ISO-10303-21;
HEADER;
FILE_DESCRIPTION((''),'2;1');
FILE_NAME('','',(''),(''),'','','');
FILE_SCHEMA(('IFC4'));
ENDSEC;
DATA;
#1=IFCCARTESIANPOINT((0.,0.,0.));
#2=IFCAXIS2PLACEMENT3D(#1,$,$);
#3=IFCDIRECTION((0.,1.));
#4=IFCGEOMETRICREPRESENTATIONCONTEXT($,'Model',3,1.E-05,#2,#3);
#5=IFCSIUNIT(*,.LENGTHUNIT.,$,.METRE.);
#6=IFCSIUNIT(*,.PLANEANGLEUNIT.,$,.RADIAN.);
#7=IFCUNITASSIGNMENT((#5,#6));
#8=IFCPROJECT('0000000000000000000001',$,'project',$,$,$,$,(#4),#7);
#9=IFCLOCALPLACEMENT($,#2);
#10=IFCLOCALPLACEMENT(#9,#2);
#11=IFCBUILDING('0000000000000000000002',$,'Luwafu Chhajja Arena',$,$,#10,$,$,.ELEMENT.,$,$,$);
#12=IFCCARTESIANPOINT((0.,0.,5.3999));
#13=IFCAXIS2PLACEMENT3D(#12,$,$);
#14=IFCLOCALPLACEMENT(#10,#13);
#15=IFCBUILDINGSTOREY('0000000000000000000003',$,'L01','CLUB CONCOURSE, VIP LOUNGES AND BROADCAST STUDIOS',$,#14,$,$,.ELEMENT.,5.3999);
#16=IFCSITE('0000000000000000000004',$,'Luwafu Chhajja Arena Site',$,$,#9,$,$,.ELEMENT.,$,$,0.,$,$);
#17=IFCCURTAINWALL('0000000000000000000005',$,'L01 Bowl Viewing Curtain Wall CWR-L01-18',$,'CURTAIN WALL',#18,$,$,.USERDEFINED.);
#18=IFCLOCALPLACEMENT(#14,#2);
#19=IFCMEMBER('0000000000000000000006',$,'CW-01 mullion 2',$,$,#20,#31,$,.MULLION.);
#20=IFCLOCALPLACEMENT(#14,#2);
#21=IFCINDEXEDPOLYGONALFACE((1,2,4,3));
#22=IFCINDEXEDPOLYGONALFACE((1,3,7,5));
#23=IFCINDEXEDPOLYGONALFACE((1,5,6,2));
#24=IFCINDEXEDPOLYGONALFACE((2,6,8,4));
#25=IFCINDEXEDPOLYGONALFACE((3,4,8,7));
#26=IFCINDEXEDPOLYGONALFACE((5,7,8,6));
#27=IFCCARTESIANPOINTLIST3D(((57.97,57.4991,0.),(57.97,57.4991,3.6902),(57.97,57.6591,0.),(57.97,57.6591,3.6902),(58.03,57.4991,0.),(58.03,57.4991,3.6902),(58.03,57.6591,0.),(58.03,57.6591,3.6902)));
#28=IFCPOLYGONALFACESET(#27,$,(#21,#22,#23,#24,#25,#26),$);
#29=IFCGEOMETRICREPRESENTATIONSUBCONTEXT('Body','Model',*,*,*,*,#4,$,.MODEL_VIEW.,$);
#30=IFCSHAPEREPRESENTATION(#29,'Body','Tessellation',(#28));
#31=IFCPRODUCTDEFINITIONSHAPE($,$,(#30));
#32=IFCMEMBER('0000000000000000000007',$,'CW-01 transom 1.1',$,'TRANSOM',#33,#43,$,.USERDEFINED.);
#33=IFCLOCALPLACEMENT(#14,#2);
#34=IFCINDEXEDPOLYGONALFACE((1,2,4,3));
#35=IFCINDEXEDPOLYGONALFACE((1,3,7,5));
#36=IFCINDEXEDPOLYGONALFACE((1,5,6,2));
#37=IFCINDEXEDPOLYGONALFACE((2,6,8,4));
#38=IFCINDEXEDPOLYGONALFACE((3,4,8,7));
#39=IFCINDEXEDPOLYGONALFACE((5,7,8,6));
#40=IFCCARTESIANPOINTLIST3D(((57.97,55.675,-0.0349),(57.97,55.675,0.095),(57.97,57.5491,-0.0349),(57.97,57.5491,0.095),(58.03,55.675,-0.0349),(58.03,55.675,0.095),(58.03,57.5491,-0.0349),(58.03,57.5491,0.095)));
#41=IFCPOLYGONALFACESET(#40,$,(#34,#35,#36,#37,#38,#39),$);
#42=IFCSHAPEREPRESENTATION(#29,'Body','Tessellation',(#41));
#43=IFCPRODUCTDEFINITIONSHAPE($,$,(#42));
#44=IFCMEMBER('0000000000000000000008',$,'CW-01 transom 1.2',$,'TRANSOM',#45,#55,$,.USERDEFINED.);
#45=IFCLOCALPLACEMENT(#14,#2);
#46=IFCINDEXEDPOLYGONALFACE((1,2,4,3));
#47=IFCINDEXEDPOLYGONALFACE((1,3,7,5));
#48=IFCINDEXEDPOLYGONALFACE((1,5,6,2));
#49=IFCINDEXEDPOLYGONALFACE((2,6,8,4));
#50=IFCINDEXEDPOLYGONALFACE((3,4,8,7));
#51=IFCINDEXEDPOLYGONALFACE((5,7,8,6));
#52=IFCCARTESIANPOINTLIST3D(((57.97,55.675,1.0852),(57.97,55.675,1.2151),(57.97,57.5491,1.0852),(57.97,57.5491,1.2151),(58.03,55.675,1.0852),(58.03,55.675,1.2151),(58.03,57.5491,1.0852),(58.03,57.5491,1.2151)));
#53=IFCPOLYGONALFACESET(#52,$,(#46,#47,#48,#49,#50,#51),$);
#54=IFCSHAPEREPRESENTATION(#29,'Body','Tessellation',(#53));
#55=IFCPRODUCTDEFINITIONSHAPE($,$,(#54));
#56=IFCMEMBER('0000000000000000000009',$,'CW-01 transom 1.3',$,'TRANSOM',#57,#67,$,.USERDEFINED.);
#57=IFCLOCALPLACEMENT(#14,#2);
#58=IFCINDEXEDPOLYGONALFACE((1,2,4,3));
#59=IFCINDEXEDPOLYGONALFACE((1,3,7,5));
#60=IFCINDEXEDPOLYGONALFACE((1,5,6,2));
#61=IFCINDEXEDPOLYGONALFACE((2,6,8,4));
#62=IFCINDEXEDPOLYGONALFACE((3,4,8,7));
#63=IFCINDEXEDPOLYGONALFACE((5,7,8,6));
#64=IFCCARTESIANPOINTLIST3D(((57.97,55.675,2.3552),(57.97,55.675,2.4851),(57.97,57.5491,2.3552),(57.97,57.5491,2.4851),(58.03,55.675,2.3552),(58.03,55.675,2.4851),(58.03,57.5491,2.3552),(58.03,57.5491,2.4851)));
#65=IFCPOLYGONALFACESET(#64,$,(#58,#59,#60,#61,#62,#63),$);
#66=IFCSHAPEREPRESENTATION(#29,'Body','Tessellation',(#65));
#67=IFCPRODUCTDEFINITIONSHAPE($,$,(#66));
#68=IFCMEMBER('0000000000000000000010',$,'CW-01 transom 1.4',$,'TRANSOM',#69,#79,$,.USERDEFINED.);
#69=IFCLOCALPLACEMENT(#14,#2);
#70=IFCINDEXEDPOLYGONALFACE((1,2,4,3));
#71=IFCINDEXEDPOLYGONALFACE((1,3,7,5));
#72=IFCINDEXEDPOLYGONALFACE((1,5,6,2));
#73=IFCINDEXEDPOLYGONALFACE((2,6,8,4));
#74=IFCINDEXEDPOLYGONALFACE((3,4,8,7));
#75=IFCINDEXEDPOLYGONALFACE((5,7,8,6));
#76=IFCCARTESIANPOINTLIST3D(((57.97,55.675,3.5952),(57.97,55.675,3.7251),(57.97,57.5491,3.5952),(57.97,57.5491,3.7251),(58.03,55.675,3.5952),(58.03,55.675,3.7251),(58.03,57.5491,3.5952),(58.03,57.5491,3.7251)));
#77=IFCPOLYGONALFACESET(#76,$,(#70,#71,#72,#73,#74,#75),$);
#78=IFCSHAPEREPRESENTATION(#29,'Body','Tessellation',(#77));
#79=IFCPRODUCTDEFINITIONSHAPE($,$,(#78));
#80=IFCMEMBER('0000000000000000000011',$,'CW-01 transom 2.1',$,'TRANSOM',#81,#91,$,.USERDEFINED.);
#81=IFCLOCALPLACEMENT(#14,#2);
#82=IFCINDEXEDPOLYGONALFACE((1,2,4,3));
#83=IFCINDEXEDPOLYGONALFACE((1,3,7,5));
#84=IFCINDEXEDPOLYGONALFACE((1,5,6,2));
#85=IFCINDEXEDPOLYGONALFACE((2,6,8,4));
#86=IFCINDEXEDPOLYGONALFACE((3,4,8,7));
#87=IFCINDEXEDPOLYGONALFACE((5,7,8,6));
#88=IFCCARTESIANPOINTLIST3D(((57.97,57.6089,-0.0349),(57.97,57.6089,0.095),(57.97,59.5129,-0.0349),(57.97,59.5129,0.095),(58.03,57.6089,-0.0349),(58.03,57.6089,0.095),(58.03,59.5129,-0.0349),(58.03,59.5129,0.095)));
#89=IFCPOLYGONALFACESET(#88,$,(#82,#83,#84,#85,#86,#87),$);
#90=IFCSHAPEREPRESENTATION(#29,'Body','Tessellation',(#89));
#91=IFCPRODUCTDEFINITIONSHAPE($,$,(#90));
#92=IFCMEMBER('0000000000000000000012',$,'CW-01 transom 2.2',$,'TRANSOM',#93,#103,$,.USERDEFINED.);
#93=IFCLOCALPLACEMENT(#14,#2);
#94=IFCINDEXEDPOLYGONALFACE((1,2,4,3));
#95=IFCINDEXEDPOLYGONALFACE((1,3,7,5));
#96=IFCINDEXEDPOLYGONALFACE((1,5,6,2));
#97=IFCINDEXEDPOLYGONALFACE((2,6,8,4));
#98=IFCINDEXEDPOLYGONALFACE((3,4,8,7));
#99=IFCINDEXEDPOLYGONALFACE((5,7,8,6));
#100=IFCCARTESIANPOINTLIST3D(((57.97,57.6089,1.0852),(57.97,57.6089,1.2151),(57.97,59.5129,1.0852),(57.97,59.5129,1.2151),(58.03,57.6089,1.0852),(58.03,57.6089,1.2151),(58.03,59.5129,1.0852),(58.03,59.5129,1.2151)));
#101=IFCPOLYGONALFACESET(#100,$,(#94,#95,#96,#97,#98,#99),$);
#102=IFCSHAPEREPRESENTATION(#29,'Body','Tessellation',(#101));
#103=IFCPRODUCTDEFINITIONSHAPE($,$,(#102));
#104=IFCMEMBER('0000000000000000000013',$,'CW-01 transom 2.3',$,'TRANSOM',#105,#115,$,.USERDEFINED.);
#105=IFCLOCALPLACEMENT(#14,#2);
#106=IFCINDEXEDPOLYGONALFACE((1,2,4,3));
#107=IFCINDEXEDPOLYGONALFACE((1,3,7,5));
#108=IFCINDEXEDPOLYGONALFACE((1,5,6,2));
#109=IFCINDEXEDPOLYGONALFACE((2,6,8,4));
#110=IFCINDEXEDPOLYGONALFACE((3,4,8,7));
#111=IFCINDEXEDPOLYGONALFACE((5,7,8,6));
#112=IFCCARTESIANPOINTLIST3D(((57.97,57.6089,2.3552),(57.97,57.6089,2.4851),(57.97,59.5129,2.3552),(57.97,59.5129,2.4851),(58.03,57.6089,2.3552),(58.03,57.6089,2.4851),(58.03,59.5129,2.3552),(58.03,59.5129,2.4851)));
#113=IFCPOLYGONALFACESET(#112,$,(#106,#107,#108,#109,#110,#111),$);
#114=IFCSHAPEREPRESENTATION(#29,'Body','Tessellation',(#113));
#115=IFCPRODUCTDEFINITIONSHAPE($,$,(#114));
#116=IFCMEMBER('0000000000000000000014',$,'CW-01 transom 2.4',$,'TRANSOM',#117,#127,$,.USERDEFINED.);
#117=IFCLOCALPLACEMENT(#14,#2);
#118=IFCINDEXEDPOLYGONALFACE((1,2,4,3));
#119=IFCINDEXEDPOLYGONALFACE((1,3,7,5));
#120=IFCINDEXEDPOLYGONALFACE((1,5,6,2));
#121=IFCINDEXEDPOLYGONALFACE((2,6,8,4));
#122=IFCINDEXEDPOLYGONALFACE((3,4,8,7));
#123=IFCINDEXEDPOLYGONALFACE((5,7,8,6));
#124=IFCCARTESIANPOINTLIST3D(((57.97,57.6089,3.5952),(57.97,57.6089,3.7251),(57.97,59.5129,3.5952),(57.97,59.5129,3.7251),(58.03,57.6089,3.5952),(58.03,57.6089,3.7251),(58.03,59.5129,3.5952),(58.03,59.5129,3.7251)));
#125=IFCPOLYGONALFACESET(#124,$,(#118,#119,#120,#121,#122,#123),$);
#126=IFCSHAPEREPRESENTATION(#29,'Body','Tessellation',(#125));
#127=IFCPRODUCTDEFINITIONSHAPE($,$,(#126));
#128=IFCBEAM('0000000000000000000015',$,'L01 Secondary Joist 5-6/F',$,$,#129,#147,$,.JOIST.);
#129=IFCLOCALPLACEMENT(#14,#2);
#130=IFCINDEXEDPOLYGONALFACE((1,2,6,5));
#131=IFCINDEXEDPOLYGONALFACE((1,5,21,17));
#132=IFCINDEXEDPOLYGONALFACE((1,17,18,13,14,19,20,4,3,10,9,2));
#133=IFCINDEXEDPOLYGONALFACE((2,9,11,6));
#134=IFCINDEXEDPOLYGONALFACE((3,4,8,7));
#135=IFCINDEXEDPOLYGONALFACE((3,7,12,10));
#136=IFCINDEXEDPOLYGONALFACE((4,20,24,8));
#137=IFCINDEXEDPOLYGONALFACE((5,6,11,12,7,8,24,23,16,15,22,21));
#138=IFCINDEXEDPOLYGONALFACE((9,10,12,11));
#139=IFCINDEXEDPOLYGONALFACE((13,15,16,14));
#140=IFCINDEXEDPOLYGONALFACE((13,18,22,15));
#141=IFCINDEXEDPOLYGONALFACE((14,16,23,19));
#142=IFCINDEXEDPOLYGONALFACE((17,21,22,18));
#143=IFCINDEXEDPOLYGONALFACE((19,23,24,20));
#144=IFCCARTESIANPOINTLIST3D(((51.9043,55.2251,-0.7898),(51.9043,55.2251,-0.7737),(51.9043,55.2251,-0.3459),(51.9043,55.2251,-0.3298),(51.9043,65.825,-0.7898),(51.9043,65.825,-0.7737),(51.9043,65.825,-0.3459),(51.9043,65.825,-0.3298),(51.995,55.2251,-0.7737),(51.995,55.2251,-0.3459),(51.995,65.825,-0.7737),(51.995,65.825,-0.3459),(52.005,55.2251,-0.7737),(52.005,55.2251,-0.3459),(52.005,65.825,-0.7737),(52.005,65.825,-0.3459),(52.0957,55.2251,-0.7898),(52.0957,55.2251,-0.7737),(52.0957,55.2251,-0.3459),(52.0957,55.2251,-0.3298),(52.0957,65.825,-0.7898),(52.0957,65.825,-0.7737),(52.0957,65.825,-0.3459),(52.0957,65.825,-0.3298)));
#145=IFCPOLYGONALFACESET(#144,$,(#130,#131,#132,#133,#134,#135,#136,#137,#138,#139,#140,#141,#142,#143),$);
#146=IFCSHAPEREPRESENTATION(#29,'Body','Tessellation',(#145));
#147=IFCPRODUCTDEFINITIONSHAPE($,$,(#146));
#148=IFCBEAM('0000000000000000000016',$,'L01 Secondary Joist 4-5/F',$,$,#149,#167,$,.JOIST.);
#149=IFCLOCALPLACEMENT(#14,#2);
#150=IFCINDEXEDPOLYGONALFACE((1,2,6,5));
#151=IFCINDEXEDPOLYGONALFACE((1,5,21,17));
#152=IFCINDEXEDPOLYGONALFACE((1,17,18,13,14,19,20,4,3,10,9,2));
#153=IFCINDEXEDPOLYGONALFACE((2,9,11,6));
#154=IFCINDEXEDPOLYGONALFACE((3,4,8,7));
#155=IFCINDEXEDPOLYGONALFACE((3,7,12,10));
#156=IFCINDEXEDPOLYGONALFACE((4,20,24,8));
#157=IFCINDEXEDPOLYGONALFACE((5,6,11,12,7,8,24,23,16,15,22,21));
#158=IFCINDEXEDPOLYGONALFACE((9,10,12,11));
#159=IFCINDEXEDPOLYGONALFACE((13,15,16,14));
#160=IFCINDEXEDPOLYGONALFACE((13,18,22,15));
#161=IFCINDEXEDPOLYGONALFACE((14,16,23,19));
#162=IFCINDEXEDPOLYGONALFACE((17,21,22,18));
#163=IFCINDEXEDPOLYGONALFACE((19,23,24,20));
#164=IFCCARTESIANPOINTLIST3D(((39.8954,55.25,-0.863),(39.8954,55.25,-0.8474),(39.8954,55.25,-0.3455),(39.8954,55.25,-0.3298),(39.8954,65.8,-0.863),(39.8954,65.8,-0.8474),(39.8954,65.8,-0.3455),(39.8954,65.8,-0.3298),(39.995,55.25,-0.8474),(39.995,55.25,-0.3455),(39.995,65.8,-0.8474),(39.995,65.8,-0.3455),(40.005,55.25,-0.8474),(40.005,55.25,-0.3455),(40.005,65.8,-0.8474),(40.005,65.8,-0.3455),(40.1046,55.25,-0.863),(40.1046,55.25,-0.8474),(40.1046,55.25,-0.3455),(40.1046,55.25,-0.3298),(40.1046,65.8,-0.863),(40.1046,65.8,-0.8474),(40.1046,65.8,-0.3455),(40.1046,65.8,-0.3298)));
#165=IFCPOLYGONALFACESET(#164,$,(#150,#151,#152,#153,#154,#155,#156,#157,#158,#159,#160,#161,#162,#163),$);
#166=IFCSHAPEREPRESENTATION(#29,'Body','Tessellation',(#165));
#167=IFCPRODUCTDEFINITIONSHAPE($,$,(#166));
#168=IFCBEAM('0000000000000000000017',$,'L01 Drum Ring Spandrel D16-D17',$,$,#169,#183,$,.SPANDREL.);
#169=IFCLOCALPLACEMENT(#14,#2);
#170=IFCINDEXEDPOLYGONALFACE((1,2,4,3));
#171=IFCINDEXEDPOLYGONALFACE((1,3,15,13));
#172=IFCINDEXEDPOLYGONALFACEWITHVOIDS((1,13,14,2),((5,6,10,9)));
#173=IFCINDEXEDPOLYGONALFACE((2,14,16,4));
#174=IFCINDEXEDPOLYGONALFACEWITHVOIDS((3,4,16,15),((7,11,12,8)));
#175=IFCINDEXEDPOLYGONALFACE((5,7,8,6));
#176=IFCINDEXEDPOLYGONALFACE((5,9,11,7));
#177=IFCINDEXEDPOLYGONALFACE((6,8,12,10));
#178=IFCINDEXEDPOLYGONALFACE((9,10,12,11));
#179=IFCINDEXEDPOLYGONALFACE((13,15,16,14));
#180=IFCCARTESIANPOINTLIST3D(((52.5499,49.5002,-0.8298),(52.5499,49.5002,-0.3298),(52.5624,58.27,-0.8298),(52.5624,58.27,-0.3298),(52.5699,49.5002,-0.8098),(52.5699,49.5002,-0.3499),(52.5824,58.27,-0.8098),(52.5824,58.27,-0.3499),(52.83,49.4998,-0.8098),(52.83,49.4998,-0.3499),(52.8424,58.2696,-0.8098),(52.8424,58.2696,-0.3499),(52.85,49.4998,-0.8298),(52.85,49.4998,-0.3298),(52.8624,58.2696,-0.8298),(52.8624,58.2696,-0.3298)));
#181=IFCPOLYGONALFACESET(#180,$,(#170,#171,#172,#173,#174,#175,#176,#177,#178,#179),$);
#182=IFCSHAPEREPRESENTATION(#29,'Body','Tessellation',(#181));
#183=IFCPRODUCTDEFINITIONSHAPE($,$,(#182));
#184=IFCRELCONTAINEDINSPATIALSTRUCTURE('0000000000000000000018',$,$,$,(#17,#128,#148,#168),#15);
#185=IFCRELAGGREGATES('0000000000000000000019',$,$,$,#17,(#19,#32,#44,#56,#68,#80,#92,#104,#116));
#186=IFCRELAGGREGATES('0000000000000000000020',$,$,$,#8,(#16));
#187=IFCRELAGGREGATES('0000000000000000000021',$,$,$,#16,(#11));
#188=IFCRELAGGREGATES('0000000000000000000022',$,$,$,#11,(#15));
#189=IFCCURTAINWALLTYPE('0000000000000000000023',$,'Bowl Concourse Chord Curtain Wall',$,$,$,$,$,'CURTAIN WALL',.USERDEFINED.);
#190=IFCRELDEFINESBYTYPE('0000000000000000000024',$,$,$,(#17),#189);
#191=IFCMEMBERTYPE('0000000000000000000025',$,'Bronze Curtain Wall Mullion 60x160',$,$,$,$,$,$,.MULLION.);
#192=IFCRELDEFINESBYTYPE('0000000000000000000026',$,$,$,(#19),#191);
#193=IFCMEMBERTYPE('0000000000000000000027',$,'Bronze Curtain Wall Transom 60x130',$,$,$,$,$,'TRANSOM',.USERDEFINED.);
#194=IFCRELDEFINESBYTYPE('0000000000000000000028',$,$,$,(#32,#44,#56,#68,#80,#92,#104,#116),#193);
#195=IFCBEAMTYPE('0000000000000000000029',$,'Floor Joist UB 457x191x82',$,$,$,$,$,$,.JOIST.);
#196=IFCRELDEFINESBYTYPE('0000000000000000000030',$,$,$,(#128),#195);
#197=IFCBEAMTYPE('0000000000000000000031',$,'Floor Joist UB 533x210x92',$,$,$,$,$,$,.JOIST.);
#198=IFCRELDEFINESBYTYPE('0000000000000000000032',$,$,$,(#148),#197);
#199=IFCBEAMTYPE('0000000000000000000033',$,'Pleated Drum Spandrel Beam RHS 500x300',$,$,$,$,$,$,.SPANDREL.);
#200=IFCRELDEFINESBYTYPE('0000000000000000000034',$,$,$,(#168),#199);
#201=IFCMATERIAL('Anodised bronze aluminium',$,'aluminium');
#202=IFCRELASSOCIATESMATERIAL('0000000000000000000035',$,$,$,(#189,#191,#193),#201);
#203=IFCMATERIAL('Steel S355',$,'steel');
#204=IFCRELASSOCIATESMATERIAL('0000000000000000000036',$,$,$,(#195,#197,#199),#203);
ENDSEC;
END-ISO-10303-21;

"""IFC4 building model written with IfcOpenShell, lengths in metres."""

from ifc_helpers import new_model, si_unit, direction, frame, origin, origin_2d, place, context, subcontext, project, spatial, rectangle, hollow_rectangle, i_section, extrude, material, material_profile, profile_set, type_object, element, aggregate, save


model = new_model("IFC4")

# Units and contexts
model_context = context("Model", 3, precision=1e-05, world=origin(), true_north=direction((0.0, 1.0)))
body_context = subcontext(model_context, "Body", "Model", "MODEL_VIEW")
ifc_project = project(units=[si_unit("LENGTHUNIT", "METRE"), si_unit("PLANEANGLEUNIT", "RADIAN")], contexts=[model_context])

# Site, building, storey
site_placement = place(None, origin())
site = spatial("IfcSite", under=ifc_project, at=site_placement, Name="Luwafu Chhajja Arena Site", CompositionType="ELEMENT", RefElevation=0.0)
building_placement = place(site_placement, origin())
building = spatial("IfcBuilding", under=site, at=building_placement, Name="Luwafu Chhajja Arena", CompositionType="ELEMENT")
storey_placement = place(building_placement, frame((0.0, 0.0, 5.3999)))
storey = spatial("IfcBuildingStorey", under=building, at=storey_placement, Name="L01", Description="CLUB CONCOURSE, VIP LOUNGES AND BROADCAST STUDIOS", CompositionType="ELEMENT", Elevation=5.3999)

# Shared definitions
ifc_material_1 = material(Name="Steel S355", Category="steel")

# Curtain wall, members
ifc_material_2 = material(Name="Anodised bronze aluminium", Category="aluminium")
curtain_wall_type = type_object("IfcCurtainWallType", Name="Bowl Concourse Chord Curtain Wall", ElementType="CURTAIN WALL", PredefinedType="USERDEFINED", material=ifc_material_2)
curtain_wall_placement = place(storey_placement, origin())
curtain_wall = element("IfcCurtainWall", 1, at=curtain_wall_placement, inside=storey, type_object=curtain_wall_type, Name="L01 Bowl Viewing Curtain Wall CWR-L01-18", ObjectType="CURTAIN WALL", PredefinedType="USERDEFINED")
ifc_material_profile_1 = material_profile(ifc_material_2, rectangle(XDim=0.0601, YDim=0.1599, at=origin_2d()), Name="CWM 60x160")
ifc_profile_set_1 = profile_set([ifc_material_profile_1], Name="Anodised bronze aluminium")
member_type_1 = type_object("IfcMemberType", Name="Bronze Curtain Wall Mullion 60x160", PredefinedType="MULLION", material=ifc_profile_set_1)
member_1_placement = place(storey_placement, frame((58.0, 57.5791, 0.0), z_axis=(0.0, 0.0, 1.0), x_axis=(-1.0, 0.0, 0.0)))
member_1 = element("IfcMember", 2, at=member_1_placement, type_object=member_type_1, Name="CW-01 mullion 2", PredefinedType="MULLION", context=body_context, shape_type="SweptSolid", body=[
    extrude(rectangle(XDim=0.0601, YDim=0.1599, at=origin_2d()), origin(), (0.0, 0.0, 1.0), 3.6902),
])
ifc_material_profile_2 = material_profile(ifc_material_2, rectangle(XDim=0.0601, YDim=0.1299, at=origin_2d()), Name="CWT 60x130")
ifc_profile_set_2 = profile_set([ifc_material_profile_2], Name="Anodised bronze aluminium")
member_type_2 = type_object("IfcMemberType", Name="Bronze Curtain Wall Transom 60x130", ElementType="TRANSOM", PredefinedType="USERDEFINED", material=ifc_profile_set_2)
member_2_placement = place(storey_placement, frame((58.0, 55.675, 0.03), z_axis=(0.0, 1.0, 0.0), x_axis=(-1.0, 0.0, 0.0)))
member_2 = element("IfcMember", 3, at=member_2_placement, type_object=member_type_2, Name="CW-01 transom 1.1", ObjectType="TRANSOM", PredefinedType="USERDEFINED", context=body_context, shape_type="SweptSolid", body=[
    extrude(rectangle(XDim=0.0601, YDim=0.1299, at=origin_2d()), origin(), (0.0, 0.0, 1.0), 1.874),
])
member_3_placement = place(storey_placement, frame((58.0, 55.675, 1.1501), z_axis=(0.0, 1.0, 0.0), x_axis=(-1.0, 0.0, 0.0)))
member_3 = element("IfcMember", 4, at=member_3_placement, type_object=member_type_2, Name="CW-01 transom 1.2", ObjectType="TRANSOM", PredefinedType="USERDEFINED", context=body_context, shape_type="SweptSolid", body=[
    extrude(rectangle(XDim=0.0601, YDim=0.1299, at=origin_2d()), origin(), (0.0, 0.0, 1.0), 1.874),
])
member_4_placement = place(storey_placement, frame((58.0, 55.675, 2.4202), z_axis=(0.0, 1.0, 0.0), x_axis=(-1.0, 0.0, 0.0)))
member_4 = element("IfcMember", 5, at=member_4_placement, type_object=member_type_2, Name="CW-01 transom 1.3", ObjectType="TRANSOM", PredefinedType="USERDEFINED", context=body_context, shape_type="SweptSolid", body=[
    extrude(rectangle(XDim=0.0601, YDim=0.1299, at=origin_2d()), origin(), (0.0, 0.0, 1.0), 1.874),
])
member_5_placement = place(storey_placement, frame((58.0, 55.675, 3.6602), z_axis=(0.0, 1.0, 0.0), x_axis=(-1.0, 0.0, 0.0)))
member_5 = element("IfcMember", 6, at=member_5_placement, type_object=member_type_2, Name="CW-01 transom 1.4", ObjectType="TRANSOM", PredefinedType="USERDEFINED", context=body_context, shape_type="SweptSolid", body=[
    extrude(rectangle(XDim=0.0601, YDim=0.1299, at=origin_2d()), origin(), (0.0, 0.0, 1.0), 1.874),
])
member_6_placement = place(storey_placement, frame((58.0, 57.6089, 0.03), z_axis=(0.0, 1.0, 0.0), x_axis=(-1.0, 0.0, 0.0)))
member_6 = element("IfcMember", 7, at=member_6_placement, type_object=member_type_2, Name="CW-01 transom 2.1", ObjectType="TRANSOM", PredefinedType="USERDEFINED", context=body_context, shape_type="SweptSolid", body=[
    extrude(rectangle(XDim=0.0601, YDim=0.1299, at=origin_2d()), origin(), (0.0, 0.0, 1.0), 1.9041),
])
member_7_placement = place(storey_placement, frame((58.0, 57.6089, 1.1501), z_axis=(0.0, 1.0, 0.0), x_axis=(-1.0, 0.0, 0.0)))
member_7 = element("IfcMember", 8, at=member_7_placement, type_object=member_type_2, Name="CW-01 transom 2.2", ObjectType="TRANSOM", PredefinedType="USERDEFINED", context=body_context, shape_type="SweptSolid", body=[
    extrude(rectangle(XDim=0.0601, YDim=0.1299, at=origin_2d()), origin(), (0.0, 0.0, 1.0), 1.9041),
])
member_8_placement = place(storey_placement, frame((58.0, 57.6089, 2.4202), z_axis=(0.0, 1.0, 0.0), x_axis=(-1.0, 0.0, 0.0)))
member_8 = element("IfcMember", 9, at=member_8_placement, type_object=member_type_2, Name="CW-01 transom 2.3", ObjectType="TRANSOM", PredefinedType="USERDEFINED", context=body_context, shape_type="SweptSolid", body=[
    extrude(rectangle(XDim=0.0601, YDim=0.1299, at=origin_2d()), origin(), (0.0, 0.0, 1.0), 1.9041),
])
member_9_placement = place(storey_placement, frame((58.0, 57.6089, 3.6602), z_axis=(0.0, 1.0, 0.0), x_axis=(-1.0, 0.0, 0.0)))
member_9 = element("IfcMember", 10, at=member_9_placement, type_object=member_type_2, Name="CW-01 transom 2.4", ObjectType="TRANSOM", PredefinedType="USERDEFINED", context=body_context, shape_type="SweptSolid", body=[
    extrude(rectangle(XDim=0.0601, YDim=0.1299, at=origin_2d()), origin(), (0.0, 0.0, 1.0), 1.9041),
])

# Beams
ifc_material_profile_3 = material_profile(ifc_material_1, i_section(OverallWidth=0.1914, OverallDepth=0.46, WebThickness=0.01, FlangeThickness=0.0161, at=origin_2d()), Name="UB 457x191x82")
ifc_profile_set_3 = profile_set([ifc_material_profile_3], Name="Steel S355")
beam_type_1 = type_object("IfcBeamType", Name="Floor Joist UB 457x191x82", PredefinedType="JOIST", material=ifc_profile_set_3)
beam_1_placement = place(storey_placement, frame((52.0, 55.2251, -0.5598), z_axis=(0.0, 1.0, 0.0), x_axis=(-1.0, 0.0, 0.0)))
element("IfcBeam", 11, at=beam_1_placement, inside=storey, type_object=beam_type_1, Name="L01 Secondary Joist 5-6/F", PredefinedType="JOIST", context=body_context, shape_type="SweptSolid", body=[
    extrude(i_section(OverallWidth=0.1914, OverallDepth=0.46, WebThickness=0.01, FlangeThickness=0.0161, at=origin_2d()), origin(), (0.0, 0.0, 1.0), 10.5999),
])
ifc_material_profile_4 = material_profile(ifc_material_1, i_section(OverallWidth=0.2092, OverallDepth=0.5332, WebThickness=0.01, FlangeThickness=0.0156, at=origin_2d()), Name="UB 533x210x92")
ifc_profile_set_4 = profile_set([ifc_material_profile_4], Name="Steel S355")
beam_type_2 = type_object("IfcBeamType", Name="Floor Joist UB 533x210x92", PredefinedType="JOIST", material=ifc_profile_set_4)
beam_2_placement = place(storey_placement, frame((40.0, 55.25, -0.5964), z_axis=(0.0, 1.0, 0.0), x_axis=(-1.0, 0.0, 0.0)))
element("IfcBeam", 12, at=beam_2_placement, inside=storey, type_object=beam_type_2, Name="L01 Secondary Joist 4-5/F", PredefinedType="JOIST", context=body_context, shape_type="SweptSolid", body=[
    extrude(i_section(OverallWidth=0.2092, OverallDepth=0.5332, WebThickness=0.01, FlangeThickness=0.0156, at=origin_2d()), origin(), (0.0, 0.0, 1.0), 10.55),
])
ifc_material_profile_5 = material_profile(ifc_material_1, hollow_rectangle(XDim=0.3, YDim=0.5, WallThickness=0.02, at=origin_2d()), Name="RHS 500x300x20")
ifc_profile_set_5 = profile_set([ifc_material_profile_5], Name="Steel S355")
beam_type_3 = type_object("IfcBeamType", Name="Pleated Drum Spandrel Beam RHS 500x300", PredefinedType="SPANDREL", material=ifc_profile_set_5)
beam_3_placement = place(storey_placement, frame((52.7124, 58.2698, -0.5798), z_axis=(-0.00142, -0.999999, 0.0), x_axis=(0.999999, -0.00142, 0.0)))
element("IfcBeam", 13, at=beam_3_placement, inside=storey, type_object=beam_type_3, Name="L01 Drum Ring Spandrel D16-D17", PredefinedType="SPANDREL", context=body_context, shape_type="SweptSolid", body=[
    extrude(hollow_rectangle(XDim=0.3, YDim=0.5, WallThickness=0.02, at=origin_2d()), origin(), (0.0, 0.0, 1.0), 8.7698),
])

aggregate(curtain_wall, [member_1, member_2, member_3, member_4, member_5, member_6, member_7, member_8, member_9])

save(model, "model.ifc")
